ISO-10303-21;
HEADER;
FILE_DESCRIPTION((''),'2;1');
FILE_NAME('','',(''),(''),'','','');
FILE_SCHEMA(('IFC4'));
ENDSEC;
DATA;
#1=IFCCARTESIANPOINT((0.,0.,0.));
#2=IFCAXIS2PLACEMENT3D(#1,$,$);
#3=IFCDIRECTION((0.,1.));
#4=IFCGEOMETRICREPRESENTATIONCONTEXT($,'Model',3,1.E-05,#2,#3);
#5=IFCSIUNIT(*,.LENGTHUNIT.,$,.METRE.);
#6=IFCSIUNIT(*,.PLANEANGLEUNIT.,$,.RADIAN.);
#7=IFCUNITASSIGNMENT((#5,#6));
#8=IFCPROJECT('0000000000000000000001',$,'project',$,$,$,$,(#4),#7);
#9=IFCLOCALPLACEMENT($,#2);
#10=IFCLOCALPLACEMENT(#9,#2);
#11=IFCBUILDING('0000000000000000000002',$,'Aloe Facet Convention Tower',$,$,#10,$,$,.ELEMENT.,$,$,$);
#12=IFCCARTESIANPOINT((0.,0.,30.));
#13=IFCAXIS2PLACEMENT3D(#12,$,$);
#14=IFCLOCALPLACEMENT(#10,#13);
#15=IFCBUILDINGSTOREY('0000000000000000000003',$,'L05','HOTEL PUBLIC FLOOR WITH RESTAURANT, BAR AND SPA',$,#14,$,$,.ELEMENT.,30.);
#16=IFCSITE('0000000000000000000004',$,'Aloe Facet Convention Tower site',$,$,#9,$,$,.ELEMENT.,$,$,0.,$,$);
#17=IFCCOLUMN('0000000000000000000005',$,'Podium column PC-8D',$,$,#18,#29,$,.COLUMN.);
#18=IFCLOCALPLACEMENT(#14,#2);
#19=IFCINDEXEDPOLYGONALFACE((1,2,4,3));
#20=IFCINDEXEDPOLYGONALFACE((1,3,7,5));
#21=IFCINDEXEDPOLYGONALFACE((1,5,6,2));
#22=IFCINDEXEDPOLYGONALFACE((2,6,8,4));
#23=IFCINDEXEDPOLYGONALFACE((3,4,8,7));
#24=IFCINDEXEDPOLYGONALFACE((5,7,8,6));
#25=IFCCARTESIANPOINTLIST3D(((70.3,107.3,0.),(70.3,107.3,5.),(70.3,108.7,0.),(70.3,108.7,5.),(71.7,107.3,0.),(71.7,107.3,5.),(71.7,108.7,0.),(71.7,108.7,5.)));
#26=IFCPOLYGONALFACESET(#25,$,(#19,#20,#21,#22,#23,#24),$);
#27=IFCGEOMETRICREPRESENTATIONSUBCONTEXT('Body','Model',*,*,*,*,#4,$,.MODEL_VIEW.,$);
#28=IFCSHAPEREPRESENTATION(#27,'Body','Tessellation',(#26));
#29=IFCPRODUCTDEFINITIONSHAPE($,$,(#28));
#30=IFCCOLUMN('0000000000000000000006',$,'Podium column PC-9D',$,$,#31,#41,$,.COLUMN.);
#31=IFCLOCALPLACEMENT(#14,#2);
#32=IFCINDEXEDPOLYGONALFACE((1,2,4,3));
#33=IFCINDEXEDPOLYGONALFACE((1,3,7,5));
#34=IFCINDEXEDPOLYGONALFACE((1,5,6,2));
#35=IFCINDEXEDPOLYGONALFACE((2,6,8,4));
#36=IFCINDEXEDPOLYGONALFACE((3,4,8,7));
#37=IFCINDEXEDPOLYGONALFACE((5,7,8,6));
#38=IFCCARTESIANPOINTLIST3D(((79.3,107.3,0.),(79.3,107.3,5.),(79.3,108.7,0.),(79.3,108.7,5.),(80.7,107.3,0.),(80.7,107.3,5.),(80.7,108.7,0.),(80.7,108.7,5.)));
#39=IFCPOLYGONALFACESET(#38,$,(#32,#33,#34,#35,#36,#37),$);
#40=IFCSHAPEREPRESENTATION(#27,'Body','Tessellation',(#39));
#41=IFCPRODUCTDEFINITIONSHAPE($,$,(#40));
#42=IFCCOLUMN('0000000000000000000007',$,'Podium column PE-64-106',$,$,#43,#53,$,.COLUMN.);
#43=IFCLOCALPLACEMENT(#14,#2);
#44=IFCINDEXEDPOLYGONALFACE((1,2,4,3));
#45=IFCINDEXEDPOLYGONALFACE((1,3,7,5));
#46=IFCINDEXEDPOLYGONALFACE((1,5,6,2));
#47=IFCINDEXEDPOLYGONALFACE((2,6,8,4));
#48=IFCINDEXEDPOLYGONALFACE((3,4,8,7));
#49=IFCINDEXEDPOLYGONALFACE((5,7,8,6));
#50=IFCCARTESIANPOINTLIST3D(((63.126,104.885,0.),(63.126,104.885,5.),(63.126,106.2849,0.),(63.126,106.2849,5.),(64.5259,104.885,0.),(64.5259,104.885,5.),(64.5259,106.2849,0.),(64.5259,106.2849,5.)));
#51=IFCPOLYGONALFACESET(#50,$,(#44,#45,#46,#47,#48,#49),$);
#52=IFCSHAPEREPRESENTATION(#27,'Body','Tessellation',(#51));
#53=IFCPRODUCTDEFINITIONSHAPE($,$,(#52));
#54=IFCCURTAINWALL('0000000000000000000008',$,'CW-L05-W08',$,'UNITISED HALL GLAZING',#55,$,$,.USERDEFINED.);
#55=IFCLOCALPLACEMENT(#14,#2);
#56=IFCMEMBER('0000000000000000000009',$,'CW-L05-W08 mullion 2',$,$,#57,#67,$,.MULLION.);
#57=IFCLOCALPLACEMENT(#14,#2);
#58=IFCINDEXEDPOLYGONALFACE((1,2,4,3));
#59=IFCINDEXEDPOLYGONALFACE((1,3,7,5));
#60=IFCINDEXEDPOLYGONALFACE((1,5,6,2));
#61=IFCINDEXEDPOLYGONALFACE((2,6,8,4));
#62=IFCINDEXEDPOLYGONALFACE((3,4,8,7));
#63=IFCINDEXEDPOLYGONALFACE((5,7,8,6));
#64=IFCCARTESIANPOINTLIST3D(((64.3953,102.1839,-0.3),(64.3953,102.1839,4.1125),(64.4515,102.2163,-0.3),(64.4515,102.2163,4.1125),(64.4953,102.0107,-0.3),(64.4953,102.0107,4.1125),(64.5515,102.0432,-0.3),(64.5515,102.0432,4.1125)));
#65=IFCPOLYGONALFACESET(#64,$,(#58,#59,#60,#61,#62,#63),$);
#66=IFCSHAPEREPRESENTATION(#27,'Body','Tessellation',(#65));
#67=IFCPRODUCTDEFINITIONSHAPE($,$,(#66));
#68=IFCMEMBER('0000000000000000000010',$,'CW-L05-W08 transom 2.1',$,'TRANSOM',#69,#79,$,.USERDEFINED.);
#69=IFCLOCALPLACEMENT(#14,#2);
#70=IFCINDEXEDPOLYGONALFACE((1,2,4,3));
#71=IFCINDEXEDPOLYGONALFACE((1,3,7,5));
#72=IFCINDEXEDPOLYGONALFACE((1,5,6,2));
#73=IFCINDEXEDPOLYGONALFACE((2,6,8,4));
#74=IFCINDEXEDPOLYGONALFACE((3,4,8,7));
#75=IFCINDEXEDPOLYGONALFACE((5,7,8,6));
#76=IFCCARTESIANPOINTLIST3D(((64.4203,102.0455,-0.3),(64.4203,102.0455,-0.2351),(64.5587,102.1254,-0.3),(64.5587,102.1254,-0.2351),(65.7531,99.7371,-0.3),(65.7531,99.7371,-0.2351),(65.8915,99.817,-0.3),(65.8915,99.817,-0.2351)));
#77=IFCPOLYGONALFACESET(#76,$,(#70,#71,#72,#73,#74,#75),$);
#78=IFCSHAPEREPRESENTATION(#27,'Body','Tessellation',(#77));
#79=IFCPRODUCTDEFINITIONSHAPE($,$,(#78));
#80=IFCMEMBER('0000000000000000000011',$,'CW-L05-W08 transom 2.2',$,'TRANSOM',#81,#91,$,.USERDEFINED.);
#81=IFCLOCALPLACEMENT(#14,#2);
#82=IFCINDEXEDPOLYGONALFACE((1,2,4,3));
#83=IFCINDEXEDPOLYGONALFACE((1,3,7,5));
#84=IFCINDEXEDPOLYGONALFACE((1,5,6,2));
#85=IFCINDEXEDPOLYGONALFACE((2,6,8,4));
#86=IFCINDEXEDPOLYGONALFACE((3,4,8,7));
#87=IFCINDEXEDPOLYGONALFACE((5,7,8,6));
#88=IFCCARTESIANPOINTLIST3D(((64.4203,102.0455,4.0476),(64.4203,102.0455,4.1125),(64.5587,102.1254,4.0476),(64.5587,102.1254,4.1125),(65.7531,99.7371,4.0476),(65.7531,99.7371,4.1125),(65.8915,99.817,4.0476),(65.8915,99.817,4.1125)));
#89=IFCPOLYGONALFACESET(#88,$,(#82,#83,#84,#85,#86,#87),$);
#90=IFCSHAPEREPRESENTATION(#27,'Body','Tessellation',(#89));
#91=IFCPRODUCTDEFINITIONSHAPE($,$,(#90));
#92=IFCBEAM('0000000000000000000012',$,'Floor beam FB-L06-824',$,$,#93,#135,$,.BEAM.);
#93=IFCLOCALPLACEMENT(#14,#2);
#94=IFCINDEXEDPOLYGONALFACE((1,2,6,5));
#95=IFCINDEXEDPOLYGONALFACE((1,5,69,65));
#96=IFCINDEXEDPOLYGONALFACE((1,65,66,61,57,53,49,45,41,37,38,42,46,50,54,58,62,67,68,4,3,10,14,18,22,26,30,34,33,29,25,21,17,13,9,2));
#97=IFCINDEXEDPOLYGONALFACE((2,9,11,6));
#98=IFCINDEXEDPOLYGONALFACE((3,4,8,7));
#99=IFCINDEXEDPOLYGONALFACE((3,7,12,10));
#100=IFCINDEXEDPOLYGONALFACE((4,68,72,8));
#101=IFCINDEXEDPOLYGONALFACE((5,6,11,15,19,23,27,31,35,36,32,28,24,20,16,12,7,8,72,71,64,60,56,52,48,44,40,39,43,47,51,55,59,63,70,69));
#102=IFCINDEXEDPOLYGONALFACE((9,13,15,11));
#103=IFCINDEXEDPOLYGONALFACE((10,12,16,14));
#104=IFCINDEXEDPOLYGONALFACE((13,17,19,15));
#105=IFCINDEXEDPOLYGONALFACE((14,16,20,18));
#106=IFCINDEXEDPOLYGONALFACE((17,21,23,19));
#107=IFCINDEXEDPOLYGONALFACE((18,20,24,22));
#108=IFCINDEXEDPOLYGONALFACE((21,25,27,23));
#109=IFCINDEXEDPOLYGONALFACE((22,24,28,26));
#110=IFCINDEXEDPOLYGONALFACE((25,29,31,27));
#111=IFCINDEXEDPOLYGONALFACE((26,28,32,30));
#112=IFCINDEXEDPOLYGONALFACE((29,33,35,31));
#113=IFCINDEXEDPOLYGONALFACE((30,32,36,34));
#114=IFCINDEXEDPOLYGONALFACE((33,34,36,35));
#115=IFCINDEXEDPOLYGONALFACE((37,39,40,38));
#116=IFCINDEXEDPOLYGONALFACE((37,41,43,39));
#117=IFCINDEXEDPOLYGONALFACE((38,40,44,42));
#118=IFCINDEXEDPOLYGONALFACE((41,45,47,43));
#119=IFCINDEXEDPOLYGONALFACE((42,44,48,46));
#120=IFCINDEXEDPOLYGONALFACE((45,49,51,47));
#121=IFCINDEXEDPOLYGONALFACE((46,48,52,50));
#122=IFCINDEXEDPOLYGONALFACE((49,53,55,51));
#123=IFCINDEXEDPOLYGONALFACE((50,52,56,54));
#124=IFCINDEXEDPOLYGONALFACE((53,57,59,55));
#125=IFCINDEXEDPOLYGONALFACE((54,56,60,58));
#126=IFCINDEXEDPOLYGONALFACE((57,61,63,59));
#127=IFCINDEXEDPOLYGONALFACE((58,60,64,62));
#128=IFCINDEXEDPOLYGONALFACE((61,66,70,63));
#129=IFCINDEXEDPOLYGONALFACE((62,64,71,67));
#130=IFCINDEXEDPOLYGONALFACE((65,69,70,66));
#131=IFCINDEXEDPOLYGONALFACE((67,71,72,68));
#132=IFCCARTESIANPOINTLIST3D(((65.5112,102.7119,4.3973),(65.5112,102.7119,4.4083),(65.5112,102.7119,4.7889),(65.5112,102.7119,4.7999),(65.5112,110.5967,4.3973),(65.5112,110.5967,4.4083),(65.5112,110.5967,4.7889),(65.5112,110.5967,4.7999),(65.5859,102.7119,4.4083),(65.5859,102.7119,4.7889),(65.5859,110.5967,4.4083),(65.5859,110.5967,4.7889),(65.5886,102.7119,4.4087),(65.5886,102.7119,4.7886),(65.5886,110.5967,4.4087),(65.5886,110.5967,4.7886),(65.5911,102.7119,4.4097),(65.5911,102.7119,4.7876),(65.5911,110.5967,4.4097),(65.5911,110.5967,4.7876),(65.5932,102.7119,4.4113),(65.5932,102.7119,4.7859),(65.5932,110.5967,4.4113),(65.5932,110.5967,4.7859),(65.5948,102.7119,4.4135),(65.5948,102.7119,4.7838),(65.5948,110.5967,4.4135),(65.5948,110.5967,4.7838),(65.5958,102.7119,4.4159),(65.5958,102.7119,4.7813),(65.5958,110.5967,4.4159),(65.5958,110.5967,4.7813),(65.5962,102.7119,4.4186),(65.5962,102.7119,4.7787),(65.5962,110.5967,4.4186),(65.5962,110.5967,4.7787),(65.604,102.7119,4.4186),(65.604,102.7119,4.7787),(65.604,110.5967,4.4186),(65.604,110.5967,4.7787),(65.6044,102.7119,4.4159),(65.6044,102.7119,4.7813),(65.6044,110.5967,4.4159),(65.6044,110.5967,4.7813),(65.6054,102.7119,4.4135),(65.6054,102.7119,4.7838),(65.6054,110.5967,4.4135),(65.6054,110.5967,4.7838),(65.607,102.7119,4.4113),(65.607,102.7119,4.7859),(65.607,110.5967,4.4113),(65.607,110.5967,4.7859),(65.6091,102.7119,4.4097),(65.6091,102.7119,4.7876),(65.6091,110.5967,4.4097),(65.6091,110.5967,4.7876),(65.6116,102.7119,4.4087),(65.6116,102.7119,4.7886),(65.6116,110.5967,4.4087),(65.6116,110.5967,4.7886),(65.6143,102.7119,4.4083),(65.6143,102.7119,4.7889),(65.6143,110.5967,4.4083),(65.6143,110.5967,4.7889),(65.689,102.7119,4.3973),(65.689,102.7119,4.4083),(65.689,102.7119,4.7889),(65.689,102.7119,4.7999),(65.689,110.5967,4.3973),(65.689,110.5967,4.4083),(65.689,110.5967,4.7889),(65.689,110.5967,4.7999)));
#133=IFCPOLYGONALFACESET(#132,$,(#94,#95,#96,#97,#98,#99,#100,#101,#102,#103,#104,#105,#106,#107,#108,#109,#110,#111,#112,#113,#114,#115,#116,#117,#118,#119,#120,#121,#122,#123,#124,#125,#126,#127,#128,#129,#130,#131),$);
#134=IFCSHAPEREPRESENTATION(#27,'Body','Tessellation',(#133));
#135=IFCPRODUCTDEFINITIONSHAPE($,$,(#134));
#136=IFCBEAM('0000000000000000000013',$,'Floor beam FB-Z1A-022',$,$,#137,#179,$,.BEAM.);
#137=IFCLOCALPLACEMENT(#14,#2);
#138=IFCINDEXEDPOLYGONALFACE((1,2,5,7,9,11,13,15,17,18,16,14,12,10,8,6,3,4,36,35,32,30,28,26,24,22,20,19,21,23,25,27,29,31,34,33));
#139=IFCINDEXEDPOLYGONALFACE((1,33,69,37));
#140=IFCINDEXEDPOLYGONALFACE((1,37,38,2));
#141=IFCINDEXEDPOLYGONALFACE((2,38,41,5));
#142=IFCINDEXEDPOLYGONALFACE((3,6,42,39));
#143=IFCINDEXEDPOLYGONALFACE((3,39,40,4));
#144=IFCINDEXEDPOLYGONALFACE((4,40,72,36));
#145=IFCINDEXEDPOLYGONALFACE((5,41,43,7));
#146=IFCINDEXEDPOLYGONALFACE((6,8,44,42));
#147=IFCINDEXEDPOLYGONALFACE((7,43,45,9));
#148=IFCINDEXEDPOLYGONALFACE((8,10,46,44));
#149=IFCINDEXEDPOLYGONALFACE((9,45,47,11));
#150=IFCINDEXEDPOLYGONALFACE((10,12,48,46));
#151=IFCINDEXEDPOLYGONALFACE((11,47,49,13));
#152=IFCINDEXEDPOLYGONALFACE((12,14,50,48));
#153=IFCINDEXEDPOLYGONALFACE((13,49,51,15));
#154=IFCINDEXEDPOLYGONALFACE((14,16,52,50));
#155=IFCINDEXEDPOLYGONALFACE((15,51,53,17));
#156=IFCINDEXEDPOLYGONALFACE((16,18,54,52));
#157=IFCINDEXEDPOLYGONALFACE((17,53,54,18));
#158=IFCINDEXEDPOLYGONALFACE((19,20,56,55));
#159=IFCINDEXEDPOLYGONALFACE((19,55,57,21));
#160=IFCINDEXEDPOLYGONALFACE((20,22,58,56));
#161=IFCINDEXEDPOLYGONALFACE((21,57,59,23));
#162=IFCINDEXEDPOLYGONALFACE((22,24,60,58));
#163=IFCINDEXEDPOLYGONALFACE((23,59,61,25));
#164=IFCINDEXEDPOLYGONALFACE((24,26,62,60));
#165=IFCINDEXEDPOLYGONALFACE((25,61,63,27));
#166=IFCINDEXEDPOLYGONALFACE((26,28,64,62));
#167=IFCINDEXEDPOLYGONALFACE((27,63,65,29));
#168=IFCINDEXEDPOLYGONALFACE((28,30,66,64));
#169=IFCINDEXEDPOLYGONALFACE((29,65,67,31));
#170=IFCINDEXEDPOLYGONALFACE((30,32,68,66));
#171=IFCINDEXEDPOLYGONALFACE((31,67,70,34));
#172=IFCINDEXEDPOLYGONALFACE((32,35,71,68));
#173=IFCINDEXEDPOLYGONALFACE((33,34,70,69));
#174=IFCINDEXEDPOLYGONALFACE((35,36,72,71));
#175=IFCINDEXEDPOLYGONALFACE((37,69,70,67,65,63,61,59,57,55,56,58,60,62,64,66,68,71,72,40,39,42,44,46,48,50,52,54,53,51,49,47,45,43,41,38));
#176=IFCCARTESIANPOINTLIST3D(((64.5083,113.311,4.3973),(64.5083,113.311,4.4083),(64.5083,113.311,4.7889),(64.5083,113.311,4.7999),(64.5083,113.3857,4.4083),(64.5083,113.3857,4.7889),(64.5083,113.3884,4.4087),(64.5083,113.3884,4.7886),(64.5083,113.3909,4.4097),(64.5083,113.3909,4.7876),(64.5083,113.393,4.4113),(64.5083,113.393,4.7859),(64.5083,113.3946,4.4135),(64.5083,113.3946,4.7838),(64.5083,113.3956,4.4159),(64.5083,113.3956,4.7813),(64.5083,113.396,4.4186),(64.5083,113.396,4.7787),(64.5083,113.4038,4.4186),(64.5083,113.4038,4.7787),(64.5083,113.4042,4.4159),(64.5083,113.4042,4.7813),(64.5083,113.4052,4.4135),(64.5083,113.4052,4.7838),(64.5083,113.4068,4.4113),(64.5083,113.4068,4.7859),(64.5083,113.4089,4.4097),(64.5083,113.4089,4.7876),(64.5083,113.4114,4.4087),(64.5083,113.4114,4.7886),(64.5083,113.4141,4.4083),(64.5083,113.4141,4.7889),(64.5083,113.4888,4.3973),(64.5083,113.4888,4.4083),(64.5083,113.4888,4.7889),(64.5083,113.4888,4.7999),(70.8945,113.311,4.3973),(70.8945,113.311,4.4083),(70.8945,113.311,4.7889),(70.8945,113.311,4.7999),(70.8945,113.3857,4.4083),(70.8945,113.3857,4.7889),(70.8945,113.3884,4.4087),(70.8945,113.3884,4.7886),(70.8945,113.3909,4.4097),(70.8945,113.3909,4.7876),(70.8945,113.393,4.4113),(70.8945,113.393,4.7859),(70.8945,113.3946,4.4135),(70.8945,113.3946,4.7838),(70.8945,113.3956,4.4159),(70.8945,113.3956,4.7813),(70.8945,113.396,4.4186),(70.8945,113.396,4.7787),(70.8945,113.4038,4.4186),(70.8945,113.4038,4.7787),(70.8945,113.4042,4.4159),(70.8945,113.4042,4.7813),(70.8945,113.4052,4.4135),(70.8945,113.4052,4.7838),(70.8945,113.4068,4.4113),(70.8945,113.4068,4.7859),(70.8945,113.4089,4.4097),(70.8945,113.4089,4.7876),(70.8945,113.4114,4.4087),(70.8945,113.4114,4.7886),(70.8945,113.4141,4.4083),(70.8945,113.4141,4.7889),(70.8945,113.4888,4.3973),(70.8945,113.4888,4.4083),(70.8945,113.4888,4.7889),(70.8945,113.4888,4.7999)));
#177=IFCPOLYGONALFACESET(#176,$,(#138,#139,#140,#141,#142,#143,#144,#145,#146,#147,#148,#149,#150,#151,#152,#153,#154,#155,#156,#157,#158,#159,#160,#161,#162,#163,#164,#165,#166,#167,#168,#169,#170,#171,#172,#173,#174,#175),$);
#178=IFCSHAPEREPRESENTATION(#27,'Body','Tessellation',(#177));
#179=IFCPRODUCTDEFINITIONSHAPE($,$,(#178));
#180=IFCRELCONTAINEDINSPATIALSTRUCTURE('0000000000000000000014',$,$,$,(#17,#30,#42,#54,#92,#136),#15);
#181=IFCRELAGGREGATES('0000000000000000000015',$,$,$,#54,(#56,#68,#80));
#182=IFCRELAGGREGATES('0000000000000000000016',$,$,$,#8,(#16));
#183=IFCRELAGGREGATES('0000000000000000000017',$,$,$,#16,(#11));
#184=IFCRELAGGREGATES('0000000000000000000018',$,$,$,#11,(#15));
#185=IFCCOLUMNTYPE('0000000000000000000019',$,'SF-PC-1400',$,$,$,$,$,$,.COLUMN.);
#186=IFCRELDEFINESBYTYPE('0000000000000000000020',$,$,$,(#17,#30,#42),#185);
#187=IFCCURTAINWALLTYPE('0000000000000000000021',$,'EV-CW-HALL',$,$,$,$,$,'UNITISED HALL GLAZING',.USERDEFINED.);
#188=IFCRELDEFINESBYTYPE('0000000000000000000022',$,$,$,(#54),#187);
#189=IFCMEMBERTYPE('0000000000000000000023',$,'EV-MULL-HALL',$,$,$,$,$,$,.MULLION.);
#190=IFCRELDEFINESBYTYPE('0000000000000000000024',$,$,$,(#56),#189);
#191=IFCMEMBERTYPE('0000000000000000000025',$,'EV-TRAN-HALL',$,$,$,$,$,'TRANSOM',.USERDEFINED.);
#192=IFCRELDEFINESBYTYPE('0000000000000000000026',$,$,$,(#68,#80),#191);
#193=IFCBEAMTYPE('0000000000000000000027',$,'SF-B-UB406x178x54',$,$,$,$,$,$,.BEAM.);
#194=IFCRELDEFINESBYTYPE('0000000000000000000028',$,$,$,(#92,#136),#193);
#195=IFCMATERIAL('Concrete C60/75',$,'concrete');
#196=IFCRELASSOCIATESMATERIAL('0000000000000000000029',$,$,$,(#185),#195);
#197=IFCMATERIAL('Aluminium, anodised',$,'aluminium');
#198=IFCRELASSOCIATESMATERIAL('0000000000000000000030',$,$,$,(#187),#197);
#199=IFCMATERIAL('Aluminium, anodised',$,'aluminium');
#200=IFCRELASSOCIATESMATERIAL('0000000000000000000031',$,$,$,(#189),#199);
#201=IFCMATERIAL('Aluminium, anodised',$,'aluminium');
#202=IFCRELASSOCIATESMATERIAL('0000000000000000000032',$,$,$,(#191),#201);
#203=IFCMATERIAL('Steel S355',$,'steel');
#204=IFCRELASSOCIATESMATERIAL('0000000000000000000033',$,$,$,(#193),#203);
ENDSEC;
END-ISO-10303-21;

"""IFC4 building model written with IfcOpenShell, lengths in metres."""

from ifc_helpers import new_model, si_unit, direction, frame, origin, origin_2d, place, context, subcontext, project, spatial, rectangle, i_section, extrude, material, material_profile, profile_set, type_object, element, aggregate, save


model = new_model("IFC4")

# Units and contexts
model_context = context("Model", 3, precision=1e-05, world=origin(), true_north=direction((0.0, 1.0)))
body_context = subcontext(model_context, "Body", "Model", "MODEL_VIEW")
ifc_project = project(units=[si_unit("LENGTHUNIT", "METRE"), si_unit("PLANEANGLEUNIT", "RADIAN")], contexts=[model_context])

# Site, building, storey
site_placement = place(None, origin())
site = spatial("IfcSite", under=ifc_project, at=site_placement, Name="Aloe Facet Convention Tower site", CompositionType="ELEMENT", RefElevation=0.0)
building_placement = place(site_placement, origin())
building = spatial("IfcBuilding", under=site, at=building_placement, Name="Aloe Facet Convention Tower", CompositionType="ELEMENT")
storey_placement = place(building_placement, frame((0.0, 0.0, 30.0)))
storey = spatial("IfcBuildingStorey", under=building, at=storey_placement, Name="L05", Description="HOTEL PUBLIC FLOOR WITH RESTAURANT, BAR AND SPA", CompositionType="ELEMENT", Elevation=30.0)

# Columns
ifc_material_1 = material(Name="Concrete C60/75", Category="concrete")
ifc_material_profile_1 = material_profile(ifc_material_1, rectangle(XDim=1.3999, YDim=1.3999, at=origin_2d()), Name="SF-PC-1400")
ifc_profile_set_1 = profile_set([ifc_material_profile_1], Name="Concrete C60/75")
column_type = type_object("IfcColumnType", Name="SF-PC-1400", PredefinedType="COLUMN", material=ifc_profile_set_1)
for number, where, z_axis, x_axis, name in (
    (1, (71.0, 108.0, 0.0), (0.0, 0.0, 1.0), (1.0, 0.0, 0.0), "Podium column PC-8D"),
    (2, (80.0, 108.0, 0.0), (0.0, 0.0, 1.0), (1.0, 0.0, 0.0), "Podium column PC-9D"),
    (3, (63.8259, 105.585, 0.0), (0.0, 0.0, 1.0), (1.0, 0.0, 0.0), "Podium column PE-64-106"),
):
    element("IfcColumn", number, at=place(storey_placement, frame(where, z_axis=z_axis, x_axis=x_axis)), inside=storey, type_object=column_type, Name=name, PredefinedType="COLUMN", context=body_context, shape_type="SweptSolid", body=[
        extrude(rectangle(XDim=1.3999, YDim=1.3999, at=origin_2d()), origin(), (0.0, 0.0, 1.0), 5.0),
    ])

# Curtain wall, members
ifc_material_2 = material(Name="Aluminium, anodised", Category="aluminium")
curtain_wall_type = type_object("IfcCurtainWallType", Name="EV-CW-HALL", ElementType="UNITISED HALL GLAZING", PredefinedType="USERDEFINED", material=ifc_material_2)
curtain_wall_placement = place(storey_placement, origin())
curtain_wall = element("IfcCurtainWall", 4, at=curtain_wall_placement, inside=storey, type_object=curtain_wall_type, Name="CW-L05-W08", ObjectType="UNITISED HALL GLAZING", PredefinedType="USERDEFINED")
ifc_material_3 = material(Name="Aluminium, anodised", Category="aluminium")
ifc_material_profile_2 = material_profile(ifc_material_3, rectangle(XDim=0.0649, YDim=0.2, at=origin_2d()), Name="AL 65x200")
ifc_profile_set_2 = profile_set([ifc_material_profile_2], Name="Aluminium, anodised")
member_type_1 = type_object("IfcMemberType", Name="EV-MULL-HALL", PredefinedType="MULLION", material=ifc_profile_set_2)
member_1_placement = place(storey_placement, frame((64.4734, 102.1135, -0.3), z_axis=(0.0, 0.0, 1.0), x_axis=(0.866025, 0.5, 0.0)))
member_1 = element("IfcMember", 5, at=member_1_placement, type_object=member_type_1, Name="CW-L05-W08 mullion 2", PredefinedType="MULLION", context=body_context, shape_type="SweptSolid", body=[
    extrude(rectangle(XDim=0.0649, YDim=0.2, at=origin_2d()), origin(), (0.0, 0.0, 1.0), 4.4126),
])
ifc_material_4 = material(Name="Aluminium, anodised", Category="aluminium")
ifc_material_profile_3 = material_profile(ifc_material_4, rectangle(XDim=0.1599, YDim=0.0649, at=origin_2d()), Name="AL 160x65")
ifc_profile_set_3 = profile_set([ifc_material_profile_3], Name="Aluminium, anodised")
member_type_2 = type_object("IfcMemberType", Name="EV-TRAN-HALL", ElementType="TRANSOM", PredefinedType="USERDEFINED", material=ifc_profile_set_3)
member_2_placement = place(storey_placement, frame((64.4895, 102.0854, -0.2676), z_axis=(0.500011, -0.866019, 0.0), x_axis=(0.866019, 0.500011, 0.0)))
member_2 = element("IfcMember", 6, at=member_2_placement, type_object=member_type_2, Name="CW-L05-W08 transom 2.1", ObjectType="TRANSOM", PredefinedType="USERDEFINED", context=body_context, shape_type="SweptSolid", body=[
    extrude(rectangle(XDim=0.1599, YDim=0.0649, at=origin_2d()), origin(), (0.0, 0.0, 1.0), 2.6655),
])
member_3_placement = place(storey_placement, frame((64.4895, 102.0854, 4.0801), z_axis=(0.500011, -0.866019, 0.0), x_axis=(0.866019, 0.500011, 0.0)))
member_3 = element("IfcMember", 7, at=member_3_placement, type_object=member_type_2, Name="CW-L05-W08 transom 2.2", ObjectType="TRANSOM", PredefinedType="USERDEFINED", context=body_context, shape_type="SweptSolid", body=[
    extrude(rectangle(XDim=0.1599, YDim=0.0649, at=origin_2d()), origin(), (0.0, 0.0, 1.0), 2.6655),
])

# Beams
ifc_material_5 = material(Name="Steel S355", Category="steel")
ifc_material_profile_4 = material_profile(ifc_material_5, i_section(OverallWidth=0.1777, OverallDepth=0.4026, WebThickness=0.0078, FlangeThickness=0.011, FilletRadius=0.0103, at=origin_2d()), Name="UB 406x178x54")
ifc_profile_set_4 = profile_set([ifc_material_profile_4], Name="Steel S355")
beam_type_1 = type_object("IfcBeamType", Name="SF-B-UB406x178x54", PredefinedType="BEAM", material=ifc_profile_set_4)
beam_1_placement = place(storey_placement, frame((65.6001, 102.7119, 4.5986), z_axis=(0.0, 1.0, 0.0), x_axis=(-1.0, 0.0, 0.0)))
element("IfcBeam", 8, at=beam_1_placement, inside=storey, type_object=beam_type_1, Name="Floor beam FB-L06-824", PredefinedType="BEAM", context=body_context, shape_type="SweptSolid", body=[
    extrude(i_section(OverallWidth=0.1777, OverallDepth=0.4026, WebThickness=0.0078, FlangeThickness=0.011, FilletRadius=0.0103, at=origin_2d()), origin(), (0.0, 0.0, 1.0), 7.8848),
])
beam_2_placement = place(storey_placement, frame((64.5083, 113.3999, 4.5986), z_axis=(1.0, 0.0, 0.0), x_axis=(0.0, 1.0, 0.0)))
element("IfcBeam", 9, at=beam_2_placement, inside=storey, type_object=beam_type_1, Name="Floor beam FB-Z1A-022", PredefinedType="BEAM", context=body_context, shape_type="SweptSolid", body=[
    extrude(i_section(OverallWidth=0.1777, OverallDepth=0.4026, WebThickness=0.0078, FlangeThickness=0.011, FilletRadius=0.0103, at=origin_2d()), origin(), (0.0, 0.0, 1.0), 6.3862),
])

aggregate(curtain_wall, [member_1, member_2, member_3])

save(model, "model.ifc")
